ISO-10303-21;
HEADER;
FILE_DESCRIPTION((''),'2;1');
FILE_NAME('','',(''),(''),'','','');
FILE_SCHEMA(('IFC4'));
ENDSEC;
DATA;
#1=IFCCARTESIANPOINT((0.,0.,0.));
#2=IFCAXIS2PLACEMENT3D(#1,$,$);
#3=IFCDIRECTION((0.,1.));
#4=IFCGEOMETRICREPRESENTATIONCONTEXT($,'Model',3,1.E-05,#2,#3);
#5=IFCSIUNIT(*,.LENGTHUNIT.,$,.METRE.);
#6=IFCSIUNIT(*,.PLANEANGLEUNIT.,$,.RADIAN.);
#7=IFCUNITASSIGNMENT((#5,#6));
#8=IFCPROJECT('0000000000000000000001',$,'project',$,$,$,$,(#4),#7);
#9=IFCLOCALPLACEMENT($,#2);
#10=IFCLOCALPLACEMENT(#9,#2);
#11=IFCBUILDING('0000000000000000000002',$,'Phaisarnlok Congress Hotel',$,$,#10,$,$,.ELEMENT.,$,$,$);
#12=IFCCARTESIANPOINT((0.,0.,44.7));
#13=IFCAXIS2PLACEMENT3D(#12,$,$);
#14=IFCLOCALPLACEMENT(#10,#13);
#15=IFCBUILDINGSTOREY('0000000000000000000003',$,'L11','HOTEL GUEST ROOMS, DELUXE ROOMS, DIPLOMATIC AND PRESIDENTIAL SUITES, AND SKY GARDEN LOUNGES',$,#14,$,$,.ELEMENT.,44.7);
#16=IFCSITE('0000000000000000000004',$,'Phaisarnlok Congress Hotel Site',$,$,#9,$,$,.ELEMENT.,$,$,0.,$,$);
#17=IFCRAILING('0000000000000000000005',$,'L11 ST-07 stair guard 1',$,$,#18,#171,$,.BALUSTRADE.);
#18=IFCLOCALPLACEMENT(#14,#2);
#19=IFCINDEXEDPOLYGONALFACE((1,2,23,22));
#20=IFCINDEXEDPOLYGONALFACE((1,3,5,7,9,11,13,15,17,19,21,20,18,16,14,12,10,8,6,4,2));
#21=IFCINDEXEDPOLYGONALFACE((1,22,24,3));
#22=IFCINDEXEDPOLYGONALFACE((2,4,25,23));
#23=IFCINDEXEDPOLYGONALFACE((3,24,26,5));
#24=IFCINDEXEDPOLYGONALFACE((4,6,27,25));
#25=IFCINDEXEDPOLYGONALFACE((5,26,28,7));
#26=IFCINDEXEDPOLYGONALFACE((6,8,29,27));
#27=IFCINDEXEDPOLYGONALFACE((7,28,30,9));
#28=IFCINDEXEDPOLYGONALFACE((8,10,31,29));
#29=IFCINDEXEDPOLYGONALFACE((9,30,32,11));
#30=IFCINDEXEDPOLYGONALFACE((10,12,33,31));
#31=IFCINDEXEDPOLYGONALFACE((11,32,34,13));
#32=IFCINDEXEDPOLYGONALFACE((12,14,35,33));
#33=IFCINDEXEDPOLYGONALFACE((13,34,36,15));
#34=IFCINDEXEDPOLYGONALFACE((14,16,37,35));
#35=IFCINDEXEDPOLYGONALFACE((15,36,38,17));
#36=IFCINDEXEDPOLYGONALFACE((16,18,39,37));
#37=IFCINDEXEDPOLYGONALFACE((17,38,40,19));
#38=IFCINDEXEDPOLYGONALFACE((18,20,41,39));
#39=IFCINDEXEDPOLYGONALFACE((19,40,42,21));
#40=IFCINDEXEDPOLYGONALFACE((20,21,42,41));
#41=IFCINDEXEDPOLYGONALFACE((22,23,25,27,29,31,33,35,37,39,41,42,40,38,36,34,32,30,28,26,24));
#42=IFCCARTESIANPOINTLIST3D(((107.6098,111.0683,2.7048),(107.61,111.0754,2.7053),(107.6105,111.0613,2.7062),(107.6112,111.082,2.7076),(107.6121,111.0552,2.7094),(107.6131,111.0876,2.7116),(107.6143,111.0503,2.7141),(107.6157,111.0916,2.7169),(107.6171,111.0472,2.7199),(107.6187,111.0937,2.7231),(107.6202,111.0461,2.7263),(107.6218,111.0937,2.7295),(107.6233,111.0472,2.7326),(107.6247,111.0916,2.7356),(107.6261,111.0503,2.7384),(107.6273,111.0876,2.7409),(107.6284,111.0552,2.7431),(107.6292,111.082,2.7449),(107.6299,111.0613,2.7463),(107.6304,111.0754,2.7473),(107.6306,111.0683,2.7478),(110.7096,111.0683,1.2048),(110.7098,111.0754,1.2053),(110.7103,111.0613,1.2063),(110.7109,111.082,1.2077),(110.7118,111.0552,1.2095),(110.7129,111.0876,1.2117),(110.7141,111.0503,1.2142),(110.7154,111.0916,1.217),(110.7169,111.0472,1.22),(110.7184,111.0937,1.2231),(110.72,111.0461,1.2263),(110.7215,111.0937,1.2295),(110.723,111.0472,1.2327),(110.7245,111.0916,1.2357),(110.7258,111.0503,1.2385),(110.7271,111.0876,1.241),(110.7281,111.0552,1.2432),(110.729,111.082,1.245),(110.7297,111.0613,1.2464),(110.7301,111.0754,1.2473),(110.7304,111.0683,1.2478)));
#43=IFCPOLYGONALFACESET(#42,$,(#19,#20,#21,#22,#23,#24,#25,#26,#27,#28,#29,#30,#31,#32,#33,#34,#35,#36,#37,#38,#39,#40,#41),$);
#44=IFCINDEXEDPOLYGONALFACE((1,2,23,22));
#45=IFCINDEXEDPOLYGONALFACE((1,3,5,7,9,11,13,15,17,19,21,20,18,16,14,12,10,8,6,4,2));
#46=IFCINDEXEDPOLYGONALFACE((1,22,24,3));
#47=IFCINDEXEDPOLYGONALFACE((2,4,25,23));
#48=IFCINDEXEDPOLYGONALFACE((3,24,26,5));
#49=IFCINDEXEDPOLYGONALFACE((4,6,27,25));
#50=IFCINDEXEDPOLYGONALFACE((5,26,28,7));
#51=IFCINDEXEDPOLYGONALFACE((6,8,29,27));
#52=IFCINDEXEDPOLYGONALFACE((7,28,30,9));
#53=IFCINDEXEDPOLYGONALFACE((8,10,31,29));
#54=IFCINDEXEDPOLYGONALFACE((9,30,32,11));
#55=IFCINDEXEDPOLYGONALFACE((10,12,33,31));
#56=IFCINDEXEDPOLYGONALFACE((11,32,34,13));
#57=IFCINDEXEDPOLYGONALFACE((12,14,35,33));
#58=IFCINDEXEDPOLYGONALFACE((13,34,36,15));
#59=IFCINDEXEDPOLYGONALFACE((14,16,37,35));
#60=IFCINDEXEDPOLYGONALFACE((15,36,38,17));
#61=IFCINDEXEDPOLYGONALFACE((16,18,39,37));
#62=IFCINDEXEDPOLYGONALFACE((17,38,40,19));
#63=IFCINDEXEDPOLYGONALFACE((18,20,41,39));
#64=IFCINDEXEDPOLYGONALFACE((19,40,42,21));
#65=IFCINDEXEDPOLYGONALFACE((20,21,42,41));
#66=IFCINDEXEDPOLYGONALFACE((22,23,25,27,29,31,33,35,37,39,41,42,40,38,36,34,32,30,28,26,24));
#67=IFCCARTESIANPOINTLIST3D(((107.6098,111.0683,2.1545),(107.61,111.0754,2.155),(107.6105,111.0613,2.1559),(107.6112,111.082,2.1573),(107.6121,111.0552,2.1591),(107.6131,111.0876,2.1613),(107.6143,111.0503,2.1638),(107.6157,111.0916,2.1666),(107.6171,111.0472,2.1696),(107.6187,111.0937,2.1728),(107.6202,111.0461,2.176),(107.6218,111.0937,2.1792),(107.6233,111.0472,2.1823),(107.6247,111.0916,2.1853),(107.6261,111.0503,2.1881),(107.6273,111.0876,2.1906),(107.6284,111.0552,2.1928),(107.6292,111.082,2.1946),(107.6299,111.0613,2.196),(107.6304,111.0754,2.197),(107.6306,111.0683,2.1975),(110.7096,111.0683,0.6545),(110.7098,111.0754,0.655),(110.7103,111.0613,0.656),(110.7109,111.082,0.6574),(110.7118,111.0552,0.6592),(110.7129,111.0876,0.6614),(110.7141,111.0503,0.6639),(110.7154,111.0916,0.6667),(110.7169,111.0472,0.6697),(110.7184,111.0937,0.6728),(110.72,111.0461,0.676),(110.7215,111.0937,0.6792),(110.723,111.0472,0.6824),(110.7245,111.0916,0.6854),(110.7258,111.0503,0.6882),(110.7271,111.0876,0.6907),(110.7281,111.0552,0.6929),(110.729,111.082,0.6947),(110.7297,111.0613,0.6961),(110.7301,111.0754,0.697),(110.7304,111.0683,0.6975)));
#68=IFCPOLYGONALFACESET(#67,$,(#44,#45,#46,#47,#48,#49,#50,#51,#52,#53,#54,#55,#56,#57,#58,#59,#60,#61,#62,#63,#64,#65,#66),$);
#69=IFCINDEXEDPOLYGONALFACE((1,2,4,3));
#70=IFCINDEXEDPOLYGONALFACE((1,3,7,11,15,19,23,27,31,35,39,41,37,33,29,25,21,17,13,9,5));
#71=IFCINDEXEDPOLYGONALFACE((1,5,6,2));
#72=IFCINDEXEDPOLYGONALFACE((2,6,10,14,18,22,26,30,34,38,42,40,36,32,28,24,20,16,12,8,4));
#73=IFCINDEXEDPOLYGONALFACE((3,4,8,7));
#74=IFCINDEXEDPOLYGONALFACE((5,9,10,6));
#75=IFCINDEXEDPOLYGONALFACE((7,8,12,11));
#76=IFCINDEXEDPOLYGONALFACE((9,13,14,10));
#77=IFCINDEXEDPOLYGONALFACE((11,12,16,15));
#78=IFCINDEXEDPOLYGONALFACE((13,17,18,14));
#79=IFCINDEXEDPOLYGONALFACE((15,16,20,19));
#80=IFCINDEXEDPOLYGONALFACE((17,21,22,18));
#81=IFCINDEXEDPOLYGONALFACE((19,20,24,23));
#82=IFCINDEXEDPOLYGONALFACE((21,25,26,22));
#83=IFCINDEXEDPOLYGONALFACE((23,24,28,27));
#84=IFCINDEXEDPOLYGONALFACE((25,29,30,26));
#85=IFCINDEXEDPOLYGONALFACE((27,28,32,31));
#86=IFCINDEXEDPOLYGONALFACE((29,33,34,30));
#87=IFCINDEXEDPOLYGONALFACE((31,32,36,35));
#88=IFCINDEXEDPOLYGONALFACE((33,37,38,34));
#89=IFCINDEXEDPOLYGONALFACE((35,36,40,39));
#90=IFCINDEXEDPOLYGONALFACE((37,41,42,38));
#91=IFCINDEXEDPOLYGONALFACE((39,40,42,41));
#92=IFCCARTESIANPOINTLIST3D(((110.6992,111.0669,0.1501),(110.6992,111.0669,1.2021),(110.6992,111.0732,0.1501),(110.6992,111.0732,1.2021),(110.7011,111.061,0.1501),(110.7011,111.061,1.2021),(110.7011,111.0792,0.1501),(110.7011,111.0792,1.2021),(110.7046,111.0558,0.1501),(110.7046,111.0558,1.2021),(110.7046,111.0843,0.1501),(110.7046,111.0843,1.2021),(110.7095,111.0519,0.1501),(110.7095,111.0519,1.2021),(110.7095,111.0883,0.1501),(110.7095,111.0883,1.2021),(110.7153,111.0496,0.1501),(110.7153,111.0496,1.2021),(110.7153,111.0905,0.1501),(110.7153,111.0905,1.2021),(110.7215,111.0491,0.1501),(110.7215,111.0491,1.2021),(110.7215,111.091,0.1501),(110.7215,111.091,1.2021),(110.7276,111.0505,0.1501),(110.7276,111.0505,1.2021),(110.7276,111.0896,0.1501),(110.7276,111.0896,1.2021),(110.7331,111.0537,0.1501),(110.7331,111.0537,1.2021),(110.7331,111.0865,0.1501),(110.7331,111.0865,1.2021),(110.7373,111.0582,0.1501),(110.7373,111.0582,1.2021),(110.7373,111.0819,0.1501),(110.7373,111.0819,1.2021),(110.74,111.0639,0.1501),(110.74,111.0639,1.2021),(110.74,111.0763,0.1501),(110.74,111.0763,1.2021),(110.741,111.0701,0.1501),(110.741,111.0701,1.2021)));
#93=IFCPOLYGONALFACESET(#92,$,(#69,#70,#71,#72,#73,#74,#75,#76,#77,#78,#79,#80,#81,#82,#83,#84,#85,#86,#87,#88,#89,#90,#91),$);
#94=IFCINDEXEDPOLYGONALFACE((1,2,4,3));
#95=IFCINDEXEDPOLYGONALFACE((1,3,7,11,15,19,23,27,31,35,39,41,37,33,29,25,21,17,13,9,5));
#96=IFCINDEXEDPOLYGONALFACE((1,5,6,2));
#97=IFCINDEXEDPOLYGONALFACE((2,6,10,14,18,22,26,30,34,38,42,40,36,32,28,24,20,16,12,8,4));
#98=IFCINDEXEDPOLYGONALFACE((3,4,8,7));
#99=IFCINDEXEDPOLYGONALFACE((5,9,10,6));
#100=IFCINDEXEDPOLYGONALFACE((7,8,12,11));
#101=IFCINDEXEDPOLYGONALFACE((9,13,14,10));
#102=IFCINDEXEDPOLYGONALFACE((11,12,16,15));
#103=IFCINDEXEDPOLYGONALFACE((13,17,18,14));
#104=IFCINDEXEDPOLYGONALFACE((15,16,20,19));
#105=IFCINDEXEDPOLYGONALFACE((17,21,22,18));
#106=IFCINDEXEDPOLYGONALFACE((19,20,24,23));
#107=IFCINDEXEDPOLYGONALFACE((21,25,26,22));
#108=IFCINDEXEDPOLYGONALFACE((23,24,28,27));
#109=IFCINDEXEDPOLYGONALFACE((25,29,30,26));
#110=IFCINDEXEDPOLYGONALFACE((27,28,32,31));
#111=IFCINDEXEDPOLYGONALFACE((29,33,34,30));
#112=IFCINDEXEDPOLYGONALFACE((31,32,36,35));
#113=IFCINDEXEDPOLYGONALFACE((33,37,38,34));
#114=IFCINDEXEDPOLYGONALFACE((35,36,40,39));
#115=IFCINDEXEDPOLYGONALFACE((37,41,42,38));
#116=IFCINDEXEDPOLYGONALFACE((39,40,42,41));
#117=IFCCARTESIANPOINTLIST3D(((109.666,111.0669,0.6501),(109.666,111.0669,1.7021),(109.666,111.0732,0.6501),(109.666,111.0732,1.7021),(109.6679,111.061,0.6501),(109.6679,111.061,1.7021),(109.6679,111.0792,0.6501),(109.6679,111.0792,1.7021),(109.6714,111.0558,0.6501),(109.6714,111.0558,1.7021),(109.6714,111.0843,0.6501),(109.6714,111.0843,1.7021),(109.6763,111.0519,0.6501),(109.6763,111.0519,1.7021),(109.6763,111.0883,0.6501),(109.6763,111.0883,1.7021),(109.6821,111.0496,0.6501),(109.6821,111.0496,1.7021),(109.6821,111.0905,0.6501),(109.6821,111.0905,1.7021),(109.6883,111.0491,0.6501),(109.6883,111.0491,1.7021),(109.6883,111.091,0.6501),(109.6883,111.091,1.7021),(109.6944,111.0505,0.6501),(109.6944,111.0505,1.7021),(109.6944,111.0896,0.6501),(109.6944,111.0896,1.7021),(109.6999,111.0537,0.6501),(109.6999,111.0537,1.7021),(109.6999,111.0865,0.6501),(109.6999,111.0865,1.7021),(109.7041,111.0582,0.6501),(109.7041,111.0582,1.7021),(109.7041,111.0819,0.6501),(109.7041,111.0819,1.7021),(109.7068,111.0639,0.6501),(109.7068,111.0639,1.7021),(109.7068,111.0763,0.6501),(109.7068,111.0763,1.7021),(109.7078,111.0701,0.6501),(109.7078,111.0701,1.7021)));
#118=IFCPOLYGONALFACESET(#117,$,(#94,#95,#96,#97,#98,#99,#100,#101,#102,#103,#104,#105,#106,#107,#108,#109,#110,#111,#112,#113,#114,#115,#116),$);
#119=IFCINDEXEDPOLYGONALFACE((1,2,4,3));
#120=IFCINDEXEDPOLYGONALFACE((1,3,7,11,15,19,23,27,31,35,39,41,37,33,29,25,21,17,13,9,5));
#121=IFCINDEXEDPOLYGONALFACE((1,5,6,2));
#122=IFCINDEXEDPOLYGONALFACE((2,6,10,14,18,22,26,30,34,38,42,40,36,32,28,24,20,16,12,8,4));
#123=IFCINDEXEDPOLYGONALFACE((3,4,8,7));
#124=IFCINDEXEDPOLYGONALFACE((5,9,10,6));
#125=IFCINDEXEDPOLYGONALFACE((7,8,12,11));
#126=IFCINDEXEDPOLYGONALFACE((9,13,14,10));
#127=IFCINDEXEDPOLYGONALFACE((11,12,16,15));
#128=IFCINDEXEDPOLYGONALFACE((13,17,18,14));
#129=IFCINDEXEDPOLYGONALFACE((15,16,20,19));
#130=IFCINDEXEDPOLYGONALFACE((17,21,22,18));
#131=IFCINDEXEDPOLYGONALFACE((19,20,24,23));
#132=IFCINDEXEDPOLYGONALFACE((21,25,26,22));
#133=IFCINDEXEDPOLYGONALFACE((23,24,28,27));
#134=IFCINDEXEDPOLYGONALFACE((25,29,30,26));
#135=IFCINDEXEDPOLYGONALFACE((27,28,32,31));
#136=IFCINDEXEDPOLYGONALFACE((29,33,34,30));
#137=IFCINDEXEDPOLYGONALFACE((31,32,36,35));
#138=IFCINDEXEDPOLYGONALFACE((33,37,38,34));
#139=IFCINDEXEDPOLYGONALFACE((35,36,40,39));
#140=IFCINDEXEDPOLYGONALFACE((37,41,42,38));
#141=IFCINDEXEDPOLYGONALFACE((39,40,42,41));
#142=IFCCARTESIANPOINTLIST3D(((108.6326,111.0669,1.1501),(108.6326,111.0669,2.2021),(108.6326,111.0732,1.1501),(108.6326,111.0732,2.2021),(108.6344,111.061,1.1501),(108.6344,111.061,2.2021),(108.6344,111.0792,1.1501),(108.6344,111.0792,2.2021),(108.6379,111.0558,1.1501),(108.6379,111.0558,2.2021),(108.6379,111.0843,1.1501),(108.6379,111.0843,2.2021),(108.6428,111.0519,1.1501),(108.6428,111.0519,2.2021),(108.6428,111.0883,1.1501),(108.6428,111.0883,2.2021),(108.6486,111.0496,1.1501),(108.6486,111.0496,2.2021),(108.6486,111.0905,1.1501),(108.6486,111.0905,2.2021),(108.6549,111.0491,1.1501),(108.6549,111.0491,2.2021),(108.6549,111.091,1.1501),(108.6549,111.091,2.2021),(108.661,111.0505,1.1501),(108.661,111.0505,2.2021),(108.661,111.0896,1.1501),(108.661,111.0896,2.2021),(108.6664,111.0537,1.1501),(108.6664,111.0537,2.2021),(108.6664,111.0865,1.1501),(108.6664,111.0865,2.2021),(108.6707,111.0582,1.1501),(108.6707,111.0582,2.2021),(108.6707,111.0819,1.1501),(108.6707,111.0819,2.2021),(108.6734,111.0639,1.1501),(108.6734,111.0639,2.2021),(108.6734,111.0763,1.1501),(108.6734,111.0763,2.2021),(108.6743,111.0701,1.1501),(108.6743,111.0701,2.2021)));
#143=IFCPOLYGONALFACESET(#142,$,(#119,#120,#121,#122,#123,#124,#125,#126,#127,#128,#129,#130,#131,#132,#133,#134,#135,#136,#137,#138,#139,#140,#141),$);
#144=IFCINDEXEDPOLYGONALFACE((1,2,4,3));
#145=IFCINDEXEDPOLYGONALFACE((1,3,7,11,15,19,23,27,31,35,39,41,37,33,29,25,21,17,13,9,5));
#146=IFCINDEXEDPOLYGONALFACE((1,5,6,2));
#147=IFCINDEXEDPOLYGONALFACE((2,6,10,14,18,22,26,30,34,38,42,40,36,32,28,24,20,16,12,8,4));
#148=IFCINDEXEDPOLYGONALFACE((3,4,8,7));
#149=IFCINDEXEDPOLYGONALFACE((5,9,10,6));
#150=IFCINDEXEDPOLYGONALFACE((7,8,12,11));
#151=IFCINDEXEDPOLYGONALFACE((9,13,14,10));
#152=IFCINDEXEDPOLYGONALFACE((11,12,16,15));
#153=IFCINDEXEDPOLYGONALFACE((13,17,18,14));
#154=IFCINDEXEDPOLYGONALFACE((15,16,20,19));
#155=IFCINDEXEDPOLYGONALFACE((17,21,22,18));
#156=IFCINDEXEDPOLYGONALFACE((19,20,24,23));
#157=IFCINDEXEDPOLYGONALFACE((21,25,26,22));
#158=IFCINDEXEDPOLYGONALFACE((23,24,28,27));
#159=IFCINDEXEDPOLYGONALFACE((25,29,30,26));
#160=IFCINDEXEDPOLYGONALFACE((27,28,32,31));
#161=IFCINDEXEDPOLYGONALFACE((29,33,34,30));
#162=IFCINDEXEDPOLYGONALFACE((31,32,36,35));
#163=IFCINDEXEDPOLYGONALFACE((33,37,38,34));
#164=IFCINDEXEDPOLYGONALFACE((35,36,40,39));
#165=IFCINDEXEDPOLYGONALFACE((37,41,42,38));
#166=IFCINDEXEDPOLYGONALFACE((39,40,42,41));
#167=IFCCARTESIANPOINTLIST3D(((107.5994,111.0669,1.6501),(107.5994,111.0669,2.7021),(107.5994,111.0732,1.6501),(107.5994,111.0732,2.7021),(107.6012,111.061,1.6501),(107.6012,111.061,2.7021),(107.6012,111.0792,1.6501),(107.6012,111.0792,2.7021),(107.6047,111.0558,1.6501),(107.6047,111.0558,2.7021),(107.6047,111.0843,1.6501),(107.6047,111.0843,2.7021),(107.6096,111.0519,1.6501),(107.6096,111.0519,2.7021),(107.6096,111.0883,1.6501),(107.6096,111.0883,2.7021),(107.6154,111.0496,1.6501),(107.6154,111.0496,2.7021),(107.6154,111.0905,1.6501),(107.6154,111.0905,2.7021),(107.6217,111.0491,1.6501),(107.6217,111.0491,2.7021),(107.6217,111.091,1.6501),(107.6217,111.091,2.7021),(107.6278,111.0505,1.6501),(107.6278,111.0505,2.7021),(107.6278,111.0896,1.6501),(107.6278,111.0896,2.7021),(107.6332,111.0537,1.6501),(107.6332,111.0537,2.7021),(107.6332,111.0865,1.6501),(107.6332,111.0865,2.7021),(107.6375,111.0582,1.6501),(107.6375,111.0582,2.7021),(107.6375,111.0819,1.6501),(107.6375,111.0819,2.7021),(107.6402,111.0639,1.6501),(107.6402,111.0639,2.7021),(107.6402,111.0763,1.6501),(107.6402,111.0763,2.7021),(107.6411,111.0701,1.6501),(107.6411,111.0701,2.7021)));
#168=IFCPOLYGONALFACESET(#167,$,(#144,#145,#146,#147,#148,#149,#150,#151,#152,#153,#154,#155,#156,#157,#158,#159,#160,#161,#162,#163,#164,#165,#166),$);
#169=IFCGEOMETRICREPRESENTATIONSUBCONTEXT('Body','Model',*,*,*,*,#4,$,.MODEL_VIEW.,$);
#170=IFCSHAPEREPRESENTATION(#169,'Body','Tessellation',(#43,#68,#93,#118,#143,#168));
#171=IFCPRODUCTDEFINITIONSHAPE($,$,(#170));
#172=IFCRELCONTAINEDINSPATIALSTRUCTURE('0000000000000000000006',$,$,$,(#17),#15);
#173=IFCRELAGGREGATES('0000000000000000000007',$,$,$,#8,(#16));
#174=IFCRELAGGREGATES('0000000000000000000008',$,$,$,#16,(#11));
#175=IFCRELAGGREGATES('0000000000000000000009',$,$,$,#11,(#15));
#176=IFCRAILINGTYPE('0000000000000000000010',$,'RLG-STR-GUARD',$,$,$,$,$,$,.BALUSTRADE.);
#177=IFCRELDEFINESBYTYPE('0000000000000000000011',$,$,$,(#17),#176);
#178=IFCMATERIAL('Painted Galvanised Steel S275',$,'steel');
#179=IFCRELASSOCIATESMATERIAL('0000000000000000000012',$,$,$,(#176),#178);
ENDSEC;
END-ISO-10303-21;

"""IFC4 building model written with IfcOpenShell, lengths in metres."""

from ifc_helpers import new_model, si_unit, direction, frame, origin, origin_2d, place, context, subcontext, project, spatial, circle, extrude, material, type_object, element, save


model = new_model("IFC4")

# Units and contexts
model_context = context("Model", 3, precision=1e-05, world=origin(), true_north=direction((0.0, 1.0)))
body_context = subcontext(model_context, "Body", "Model", "MODEL_VIEW")
ifc_project = project(units=[si_unit("LENGTHUNIT", "METRE"), si_unit("PLANEANGLEUNIT", "RADIAN")], contexts=[model_context])

# Site, building, storey
site_placement = place(None, origin())
site = spatial("IfcSite", under=ifc_project, at=site_placement, Name="Phaisarnlok Congress Hotel Site", CompositionType="ELEMENT", RefElevation=0.0)
building_placement = place(site_placement, origin())
building = spatial("IfcBuilding", under=site, at=building_placement, Name="Phaisarnlok Congress Hotel", CompositionType="ELEMENT")
storey_placement = place(building_placement, frame((0.0, 0.0, 44.7)))
storey = spatial("IfcBuildingStorey", under=building, at=storey_placement, Name="L11", Description="HOTEL GUEST ROOMS, DELUXE ROOMS, DIPLOMATIC AND PRESIDENTIAL SUITES, AND SKY GARDEN LOUNGES", CompositionType="ELEMENT", Elevation=44.7)

# Railing
ifc_material_1 = material(Name="Painted Galvanised Steel S275", Category="steel")
railing_type_1 = type_object("IfcRailingType", Name="RLG-STR-GUARD", PredefinedType="BALUSTRADE", material=ifc_material_1)
railing_1_placement = place(storey_placement, frame((110.72, 111.0701, 0.1501)))
element("IfcRailing", 1, at=railing_1_placement, inside=storey, type_object=railing_type_1, Name="L11 ST-07 stair guard 1", PredefinedType="BALUSTRADE", context=body_context, shape_type="SweptSolid", body=[
    extrude(circle(Radius=0.0239, at=origin_2d()), frame((0.0, 0.0, 1.0762), z_axis=(-0.900151, 0.0, 0.435578), x_axis=(0.0, -1.0, 0.0)), (0.0, 0.0, 1.0), 3.4436),
    extrude(circle(Radius=0.0239, at=origin_2d()), frame((0.0, 0.0, 0.5259), z_axis=(-0.900151, 0.0, 0.435578), x_axis=(0.0, -1.0, 0.0)), (0.0, 0.0, 1.0), 3.4436),
    extrude(circle(Radius=0.021, at=origin_2d()), origin(), (0.0, 0.0, 1.0), 1.052),
    extrude(circle(Radius=0.021, at=origin_2d()), frame((-1.0332, 0.0, 0.5)), (0.0, 0.0, 1.0), 1.052),
    extrude(circle(Radius=0.021, at=origin_2d()), frame((-2.0667, 0.0, 1.0)), (0.0, 0.0, 1.0), 1.052),
    extrude(circle(Radius=0.021, at=origin_2d()), frame((-3.0999, 0.0, 1.5)), (0.0, 0.0, 1.0), 1.052),
])

save(model, "model.ifc")
